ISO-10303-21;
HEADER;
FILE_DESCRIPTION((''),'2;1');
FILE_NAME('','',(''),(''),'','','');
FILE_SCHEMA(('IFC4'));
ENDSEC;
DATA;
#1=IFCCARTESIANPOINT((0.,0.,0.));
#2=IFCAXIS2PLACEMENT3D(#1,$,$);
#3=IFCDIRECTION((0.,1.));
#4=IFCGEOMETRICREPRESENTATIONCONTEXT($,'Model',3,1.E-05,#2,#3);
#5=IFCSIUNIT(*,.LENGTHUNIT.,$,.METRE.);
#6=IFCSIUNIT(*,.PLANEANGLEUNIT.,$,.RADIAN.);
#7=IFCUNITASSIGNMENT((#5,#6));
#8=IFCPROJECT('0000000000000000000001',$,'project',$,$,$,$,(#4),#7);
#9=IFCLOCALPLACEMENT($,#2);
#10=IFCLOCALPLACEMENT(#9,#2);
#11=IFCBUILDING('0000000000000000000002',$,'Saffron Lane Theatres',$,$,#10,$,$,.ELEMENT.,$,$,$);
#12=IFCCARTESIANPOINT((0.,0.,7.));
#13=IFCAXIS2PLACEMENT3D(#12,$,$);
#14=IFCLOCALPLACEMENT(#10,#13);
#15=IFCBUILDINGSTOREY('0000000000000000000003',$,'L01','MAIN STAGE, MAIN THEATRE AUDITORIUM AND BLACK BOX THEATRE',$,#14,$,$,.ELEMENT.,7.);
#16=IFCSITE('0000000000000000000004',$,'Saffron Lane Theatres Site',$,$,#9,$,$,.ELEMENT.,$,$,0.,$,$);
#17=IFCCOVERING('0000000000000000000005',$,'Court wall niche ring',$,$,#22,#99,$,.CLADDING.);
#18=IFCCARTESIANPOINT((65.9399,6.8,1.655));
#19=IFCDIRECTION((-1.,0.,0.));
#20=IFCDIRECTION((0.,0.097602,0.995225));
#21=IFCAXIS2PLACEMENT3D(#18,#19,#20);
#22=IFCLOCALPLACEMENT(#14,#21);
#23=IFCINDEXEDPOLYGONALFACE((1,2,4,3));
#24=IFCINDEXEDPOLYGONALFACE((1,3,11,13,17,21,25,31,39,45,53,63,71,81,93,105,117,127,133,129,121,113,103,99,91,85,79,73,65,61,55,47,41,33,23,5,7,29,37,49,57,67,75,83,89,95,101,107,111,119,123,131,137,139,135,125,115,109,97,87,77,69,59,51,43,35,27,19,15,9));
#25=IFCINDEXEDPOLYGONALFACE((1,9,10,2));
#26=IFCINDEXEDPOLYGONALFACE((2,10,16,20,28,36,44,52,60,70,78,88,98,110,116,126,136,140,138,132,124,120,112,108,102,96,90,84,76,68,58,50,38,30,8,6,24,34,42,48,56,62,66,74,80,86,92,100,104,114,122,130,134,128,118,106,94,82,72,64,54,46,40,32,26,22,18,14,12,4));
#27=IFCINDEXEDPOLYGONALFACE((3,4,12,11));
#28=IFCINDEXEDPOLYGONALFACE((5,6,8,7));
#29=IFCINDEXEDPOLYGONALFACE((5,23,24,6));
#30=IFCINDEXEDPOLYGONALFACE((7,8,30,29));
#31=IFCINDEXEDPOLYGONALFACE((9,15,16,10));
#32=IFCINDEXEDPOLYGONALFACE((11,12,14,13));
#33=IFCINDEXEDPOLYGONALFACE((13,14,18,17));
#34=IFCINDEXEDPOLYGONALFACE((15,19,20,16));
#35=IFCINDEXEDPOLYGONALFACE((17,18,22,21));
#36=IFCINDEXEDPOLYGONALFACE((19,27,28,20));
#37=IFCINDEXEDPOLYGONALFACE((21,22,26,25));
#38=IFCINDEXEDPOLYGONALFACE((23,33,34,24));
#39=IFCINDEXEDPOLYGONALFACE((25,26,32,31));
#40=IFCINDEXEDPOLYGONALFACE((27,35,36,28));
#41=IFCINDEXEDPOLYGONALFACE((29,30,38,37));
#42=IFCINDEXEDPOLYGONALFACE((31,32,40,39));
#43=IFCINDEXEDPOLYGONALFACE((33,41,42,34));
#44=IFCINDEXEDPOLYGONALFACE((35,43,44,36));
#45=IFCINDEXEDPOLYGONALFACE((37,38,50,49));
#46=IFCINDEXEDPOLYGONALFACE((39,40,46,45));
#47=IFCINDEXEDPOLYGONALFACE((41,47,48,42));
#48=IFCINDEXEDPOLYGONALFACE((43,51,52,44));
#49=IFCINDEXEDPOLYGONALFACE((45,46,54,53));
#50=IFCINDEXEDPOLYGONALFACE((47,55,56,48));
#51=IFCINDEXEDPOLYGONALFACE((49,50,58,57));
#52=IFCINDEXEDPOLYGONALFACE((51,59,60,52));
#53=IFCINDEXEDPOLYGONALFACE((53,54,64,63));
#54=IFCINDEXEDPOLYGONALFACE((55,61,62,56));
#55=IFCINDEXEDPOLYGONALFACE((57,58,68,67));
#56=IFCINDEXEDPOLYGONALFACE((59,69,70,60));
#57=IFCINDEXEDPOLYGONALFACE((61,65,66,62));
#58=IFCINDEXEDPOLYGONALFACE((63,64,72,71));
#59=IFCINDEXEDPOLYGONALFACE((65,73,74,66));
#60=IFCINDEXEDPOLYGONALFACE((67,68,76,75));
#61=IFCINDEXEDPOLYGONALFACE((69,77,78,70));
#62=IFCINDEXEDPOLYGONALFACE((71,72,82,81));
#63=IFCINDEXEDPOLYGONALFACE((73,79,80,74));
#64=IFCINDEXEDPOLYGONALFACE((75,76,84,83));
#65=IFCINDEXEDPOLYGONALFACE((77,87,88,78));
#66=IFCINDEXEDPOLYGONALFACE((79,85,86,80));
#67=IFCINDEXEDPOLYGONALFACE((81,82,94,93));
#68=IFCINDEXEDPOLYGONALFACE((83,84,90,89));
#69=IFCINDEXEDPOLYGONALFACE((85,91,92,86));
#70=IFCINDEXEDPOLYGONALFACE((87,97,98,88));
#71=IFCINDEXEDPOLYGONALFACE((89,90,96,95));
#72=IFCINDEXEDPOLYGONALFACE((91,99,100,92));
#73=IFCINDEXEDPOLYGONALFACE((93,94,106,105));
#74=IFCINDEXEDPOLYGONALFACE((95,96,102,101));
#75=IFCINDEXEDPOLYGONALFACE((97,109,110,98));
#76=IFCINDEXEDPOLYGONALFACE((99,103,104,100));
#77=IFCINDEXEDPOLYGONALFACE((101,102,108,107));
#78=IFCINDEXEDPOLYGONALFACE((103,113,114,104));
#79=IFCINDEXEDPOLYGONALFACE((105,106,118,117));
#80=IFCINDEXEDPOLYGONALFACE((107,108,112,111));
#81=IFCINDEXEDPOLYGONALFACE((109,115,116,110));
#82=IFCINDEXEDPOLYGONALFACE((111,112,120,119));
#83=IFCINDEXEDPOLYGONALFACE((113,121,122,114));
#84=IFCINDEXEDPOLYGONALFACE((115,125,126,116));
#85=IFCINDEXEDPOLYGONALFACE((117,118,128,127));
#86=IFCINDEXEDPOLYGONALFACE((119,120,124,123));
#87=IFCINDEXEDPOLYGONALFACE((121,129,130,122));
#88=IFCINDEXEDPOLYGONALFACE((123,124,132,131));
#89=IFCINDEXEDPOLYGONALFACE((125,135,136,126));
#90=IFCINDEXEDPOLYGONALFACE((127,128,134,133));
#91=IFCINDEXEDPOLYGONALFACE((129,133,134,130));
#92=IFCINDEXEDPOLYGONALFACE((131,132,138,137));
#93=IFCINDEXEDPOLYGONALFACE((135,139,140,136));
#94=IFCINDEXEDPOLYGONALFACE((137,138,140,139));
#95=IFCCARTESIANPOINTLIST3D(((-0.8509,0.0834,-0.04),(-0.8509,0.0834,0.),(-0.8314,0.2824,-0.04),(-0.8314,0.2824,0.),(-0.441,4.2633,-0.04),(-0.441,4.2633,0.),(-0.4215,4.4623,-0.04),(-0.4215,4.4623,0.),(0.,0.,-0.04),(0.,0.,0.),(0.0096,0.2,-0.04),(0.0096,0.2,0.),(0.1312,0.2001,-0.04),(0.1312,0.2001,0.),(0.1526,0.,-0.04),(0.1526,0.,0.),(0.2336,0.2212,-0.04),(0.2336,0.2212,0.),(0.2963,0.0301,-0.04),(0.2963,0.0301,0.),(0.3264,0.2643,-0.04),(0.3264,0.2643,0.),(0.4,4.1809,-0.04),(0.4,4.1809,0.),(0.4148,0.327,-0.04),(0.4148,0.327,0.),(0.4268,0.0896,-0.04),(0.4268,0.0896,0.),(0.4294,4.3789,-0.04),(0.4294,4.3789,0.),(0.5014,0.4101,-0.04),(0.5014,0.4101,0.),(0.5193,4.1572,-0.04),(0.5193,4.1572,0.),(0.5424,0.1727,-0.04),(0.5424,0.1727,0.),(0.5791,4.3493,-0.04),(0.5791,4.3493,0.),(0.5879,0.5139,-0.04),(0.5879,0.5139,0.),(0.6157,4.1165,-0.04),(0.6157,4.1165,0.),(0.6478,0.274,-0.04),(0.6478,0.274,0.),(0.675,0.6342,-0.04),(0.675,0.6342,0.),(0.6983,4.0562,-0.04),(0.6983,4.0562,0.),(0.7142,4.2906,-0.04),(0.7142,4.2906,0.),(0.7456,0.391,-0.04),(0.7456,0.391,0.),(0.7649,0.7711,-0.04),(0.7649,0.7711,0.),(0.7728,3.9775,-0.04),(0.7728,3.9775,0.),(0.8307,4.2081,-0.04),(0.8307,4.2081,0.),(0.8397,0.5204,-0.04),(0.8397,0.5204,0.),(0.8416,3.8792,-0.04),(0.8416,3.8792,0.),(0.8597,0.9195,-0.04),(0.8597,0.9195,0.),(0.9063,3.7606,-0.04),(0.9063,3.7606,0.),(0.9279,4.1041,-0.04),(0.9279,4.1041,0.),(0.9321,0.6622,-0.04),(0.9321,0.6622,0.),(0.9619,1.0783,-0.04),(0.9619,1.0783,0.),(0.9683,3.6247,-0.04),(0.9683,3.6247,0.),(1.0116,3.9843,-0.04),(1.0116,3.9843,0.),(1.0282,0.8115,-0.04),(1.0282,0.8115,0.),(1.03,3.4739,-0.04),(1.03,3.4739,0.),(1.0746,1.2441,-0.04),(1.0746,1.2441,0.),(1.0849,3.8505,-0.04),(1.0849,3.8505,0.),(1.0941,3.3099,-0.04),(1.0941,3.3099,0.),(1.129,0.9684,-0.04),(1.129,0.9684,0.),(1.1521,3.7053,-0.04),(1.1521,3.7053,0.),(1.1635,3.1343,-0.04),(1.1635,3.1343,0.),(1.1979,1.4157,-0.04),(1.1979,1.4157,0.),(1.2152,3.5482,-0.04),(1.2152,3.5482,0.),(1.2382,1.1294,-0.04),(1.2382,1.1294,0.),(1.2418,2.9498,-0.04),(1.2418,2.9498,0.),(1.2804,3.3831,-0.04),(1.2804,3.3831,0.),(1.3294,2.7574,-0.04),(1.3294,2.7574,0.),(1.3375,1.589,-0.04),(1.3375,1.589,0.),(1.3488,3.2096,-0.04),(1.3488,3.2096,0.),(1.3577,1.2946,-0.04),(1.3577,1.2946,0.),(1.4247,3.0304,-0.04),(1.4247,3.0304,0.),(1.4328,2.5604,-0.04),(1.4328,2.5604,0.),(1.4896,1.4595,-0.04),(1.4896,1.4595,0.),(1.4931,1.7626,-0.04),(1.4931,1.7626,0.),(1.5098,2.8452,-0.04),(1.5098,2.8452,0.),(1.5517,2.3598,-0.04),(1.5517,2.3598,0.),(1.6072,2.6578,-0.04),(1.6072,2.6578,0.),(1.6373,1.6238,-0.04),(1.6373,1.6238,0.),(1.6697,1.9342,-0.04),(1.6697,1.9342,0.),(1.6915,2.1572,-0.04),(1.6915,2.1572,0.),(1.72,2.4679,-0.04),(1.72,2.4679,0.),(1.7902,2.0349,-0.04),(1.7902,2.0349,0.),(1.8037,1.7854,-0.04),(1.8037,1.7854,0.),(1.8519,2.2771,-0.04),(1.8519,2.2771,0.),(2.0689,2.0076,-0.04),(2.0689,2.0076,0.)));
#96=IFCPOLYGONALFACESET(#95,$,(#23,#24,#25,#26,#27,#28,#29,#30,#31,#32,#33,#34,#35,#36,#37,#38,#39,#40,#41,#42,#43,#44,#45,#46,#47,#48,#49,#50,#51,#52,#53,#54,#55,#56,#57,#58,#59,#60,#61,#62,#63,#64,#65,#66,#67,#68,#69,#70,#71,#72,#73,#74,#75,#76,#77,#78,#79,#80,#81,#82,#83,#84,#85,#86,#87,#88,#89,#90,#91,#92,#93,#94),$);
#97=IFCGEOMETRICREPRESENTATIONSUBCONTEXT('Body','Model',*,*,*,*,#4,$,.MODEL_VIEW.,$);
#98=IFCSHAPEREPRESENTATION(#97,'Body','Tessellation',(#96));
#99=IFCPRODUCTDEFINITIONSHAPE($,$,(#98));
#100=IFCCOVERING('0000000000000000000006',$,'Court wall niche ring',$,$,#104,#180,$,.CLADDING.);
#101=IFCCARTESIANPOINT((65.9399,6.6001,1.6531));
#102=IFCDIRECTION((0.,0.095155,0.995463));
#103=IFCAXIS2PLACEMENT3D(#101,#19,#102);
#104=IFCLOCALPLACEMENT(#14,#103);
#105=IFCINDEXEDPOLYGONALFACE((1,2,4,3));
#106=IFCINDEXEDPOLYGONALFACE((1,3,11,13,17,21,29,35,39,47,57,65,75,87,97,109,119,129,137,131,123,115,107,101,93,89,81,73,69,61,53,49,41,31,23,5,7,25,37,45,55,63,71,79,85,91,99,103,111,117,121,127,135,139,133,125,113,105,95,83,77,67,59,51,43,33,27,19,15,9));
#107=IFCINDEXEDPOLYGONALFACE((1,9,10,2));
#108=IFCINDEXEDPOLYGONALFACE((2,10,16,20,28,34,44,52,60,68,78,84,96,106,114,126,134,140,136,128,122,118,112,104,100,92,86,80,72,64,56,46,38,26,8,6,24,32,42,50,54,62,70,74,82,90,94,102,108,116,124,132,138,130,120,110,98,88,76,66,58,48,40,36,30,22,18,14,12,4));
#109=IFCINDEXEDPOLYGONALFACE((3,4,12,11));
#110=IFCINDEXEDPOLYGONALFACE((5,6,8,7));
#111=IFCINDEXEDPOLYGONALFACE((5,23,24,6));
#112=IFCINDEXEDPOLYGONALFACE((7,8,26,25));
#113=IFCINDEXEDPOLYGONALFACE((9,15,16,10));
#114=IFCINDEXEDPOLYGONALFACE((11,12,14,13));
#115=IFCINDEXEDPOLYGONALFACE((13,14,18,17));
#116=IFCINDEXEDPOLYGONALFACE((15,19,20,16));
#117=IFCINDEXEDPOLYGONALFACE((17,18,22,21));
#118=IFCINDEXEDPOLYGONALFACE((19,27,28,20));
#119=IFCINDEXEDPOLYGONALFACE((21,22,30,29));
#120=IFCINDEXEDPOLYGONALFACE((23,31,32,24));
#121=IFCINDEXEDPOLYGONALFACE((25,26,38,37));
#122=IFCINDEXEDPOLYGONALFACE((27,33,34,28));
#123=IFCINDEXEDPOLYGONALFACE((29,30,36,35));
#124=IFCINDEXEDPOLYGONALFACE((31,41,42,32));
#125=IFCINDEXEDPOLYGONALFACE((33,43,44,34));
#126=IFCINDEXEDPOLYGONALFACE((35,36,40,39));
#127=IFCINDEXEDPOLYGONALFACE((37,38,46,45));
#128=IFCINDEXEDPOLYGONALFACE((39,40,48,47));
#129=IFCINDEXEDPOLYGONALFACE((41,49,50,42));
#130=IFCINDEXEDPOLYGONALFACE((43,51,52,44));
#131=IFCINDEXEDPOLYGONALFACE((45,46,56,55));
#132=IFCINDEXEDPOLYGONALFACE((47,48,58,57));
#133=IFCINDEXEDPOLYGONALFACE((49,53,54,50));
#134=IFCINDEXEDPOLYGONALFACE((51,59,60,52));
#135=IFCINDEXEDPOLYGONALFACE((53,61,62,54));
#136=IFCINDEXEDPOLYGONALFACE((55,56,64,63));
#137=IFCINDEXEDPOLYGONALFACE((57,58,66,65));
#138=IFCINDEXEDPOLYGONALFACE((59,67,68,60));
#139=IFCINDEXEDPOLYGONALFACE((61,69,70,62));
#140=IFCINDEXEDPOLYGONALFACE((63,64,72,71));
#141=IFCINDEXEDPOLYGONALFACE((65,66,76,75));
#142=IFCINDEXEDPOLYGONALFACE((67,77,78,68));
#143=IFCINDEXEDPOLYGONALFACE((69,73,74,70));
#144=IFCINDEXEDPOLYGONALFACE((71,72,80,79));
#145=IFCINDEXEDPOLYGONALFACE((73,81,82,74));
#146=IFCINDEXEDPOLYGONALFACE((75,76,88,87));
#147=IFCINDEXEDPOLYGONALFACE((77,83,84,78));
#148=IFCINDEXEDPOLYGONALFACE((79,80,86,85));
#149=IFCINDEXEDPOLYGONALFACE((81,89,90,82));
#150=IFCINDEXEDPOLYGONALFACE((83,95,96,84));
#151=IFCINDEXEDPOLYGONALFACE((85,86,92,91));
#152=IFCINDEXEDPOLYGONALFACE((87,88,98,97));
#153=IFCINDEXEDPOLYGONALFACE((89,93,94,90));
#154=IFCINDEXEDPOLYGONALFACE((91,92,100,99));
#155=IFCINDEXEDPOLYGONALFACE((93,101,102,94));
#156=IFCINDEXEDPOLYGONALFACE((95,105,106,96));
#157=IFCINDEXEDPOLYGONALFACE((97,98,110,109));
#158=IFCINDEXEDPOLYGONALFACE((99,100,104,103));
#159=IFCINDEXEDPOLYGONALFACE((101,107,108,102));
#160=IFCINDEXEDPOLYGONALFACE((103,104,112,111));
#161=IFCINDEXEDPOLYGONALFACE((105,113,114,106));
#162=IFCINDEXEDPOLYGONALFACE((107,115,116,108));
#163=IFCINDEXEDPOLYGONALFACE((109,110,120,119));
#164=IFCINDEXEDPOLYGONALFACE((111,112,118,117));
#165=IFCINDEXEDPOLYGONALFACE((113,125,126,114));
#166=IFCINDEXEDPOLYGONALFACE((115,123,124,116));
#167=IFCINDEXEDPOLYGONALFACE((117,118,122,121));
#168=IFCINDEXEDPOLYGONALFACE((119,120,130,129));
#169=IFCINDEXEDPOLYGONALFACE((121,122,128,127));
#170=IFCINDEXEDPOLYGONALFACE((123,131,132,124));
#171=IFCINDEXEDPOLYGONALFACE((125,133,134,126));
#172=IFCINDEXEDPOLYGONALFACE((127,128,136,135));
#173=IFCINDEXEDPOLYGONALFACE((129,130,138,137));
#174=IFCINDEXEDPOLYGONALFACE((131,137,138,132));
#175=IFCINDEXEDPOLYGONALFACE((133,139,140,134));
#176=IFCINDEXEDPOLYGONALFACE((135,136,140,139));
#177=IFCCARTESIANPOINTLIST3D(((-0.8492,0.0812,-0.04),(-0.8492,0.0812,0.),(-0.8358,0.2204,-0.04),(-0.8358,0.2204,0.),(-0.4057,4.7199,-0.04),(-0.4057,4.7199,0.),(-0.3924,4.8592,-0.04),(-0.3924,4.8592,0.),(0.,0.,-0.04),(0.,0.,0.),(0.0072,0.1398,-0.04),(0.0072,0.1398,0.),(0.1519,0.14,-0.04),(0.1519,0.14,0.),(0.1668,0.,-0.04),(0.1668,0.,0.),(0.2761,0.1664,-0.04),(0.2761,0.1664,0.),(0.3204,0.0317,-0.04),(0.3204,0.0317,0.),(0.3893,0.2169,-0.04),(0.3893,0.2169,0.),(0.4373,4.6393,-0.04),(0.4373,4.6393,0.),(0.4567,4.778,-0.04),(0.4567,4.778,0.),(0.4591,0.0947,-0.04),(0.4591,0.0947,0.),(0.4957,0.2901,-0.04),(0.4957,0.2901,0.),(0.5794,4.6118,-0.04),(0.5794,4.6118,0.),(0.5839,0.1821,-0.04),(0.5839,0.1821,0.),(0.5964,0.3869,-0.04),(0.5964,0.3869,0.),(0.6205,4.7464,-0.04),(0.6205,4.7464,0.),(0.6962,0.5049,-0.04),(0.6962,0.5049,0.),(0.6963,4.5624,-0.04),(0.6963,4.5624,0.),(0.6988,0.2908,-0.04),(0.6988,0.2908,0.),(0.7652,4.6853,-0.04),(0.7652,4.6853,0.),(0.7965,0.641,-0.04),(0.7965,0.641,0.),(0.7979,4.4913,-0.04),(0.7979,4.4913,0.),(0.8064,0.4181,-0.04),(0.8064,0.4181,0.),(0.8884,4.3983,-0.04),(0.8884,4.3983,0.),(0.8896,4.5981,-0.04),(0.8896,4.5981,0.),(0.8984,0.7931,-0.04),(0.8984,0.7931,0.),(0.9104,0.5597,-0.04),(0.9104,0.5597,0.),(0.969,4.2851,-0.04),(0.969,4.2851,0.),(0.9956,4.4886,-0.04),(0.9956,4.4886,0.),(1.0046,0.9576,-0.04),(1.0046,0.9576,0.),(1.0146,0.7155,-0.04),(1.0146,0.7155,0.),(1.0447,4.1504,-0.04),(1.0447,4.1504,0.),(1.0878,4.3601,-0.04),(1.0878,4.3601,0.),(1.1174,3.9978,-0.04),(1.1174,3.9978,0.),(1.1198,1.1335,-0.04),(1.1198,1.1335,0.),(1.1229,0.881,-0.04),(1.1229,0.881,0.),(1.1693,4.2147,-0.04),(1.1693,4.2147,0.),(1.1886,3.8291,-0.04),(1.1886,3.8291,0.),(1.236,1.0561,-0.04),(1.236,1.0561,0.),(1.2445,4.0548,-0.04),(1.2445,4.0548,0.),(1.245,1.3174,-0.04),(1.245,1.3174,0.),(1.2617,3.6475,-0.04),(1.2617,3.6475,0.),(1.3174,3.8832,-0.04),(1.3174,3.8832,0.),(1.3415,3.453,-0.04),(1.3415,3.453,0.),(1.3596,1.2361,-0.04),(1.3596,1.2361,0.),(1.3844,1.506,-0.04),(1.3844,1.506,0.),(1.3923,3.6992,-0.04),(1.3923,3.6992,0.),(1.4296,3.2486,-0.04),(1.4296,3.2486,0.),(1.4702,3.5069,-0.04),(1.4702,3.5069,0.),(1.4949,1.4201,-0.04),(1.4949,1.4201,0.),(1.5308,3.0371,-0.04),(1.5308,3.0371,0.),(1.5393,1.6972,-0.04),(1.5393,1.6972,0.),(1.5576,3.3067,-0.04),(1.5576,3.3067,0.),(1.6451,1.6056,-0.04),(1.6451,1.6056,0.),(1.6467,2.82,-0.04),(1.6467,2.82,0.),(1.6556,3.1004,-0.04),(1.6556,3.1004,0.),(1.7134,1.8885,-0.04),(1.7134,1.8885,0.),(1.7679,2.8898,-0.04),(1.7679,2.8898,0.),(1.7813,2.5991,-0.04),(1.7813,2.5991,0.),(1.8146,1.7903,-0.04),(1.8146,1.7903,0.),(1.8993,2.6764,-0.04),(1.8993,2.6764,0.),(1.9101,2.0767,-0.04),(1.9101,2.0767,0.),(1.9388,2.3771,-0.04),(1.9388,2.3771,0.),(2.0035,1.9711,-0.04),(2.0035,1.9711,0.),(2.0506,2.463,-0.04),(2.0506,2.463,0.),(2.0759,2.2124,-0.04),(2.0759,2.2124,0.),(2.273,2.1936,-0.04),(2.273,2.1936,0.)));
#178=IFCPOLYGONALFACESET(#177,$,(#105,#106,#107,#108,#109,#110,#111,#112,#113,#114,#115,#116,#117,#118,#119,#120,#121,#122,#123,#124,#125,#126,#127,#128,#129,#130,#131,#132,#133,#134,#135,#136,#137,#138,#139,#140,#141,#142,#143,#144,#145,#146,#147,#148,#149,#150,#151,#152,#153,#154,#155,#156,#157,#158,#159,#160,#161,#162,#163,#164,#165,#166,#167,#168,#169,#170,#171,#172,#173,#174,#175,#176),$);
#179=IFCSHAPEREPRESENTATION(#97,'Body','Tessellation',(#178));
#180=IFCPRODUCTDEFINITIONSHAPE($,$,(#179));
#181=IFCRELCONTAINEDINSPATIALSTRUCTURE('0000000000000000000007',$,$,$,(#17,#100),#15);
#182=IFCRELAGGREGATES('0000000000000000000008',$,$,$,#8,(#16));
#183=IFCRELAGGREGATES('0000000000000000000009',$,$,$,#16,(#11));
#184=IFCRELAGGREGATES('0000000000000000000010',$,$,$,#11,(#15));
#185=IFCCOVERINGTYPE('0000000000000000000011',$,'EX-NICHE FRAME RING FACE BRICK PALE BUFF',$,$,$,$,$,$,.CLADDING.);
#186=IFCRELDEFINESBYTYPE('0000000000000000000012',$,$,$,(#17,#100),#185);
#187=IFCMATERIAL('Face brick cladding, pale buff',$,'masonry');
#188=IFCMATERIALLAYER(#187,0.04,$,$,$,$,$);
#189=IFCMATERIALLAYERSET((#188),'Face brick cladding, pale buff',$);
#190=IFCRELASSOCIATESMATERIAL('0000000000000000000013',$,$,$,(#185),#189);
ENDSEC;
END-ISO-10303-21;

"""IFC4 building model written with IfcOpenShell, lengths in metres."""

from ifc_helpers import new_model, si_unit, direction, frame, origin, place, context, subcontext, project, spatial, polyline, outline, extrude, material, layer, layer_set, type_object, element, save


model = new_model("IFC4")

# Units and contexts
model_context = context("Model", 3, precision=1e-05, world=origin(), true_north=direction((0.0, 1.0)))
body_context = subcontext(model_context, "Body", "Model", "MODEL_VIEW")
ifc_project = project(units=[si_unit("LENGTHUNIT", "METRE"), si_unit("PLANEANGLEUNIT", "RADIAN")], contexts=[model_context])

# Site, building, storey
site_placement = place(None, origin())
site = spatial("IfcSite", under=ifc_project, at=site_placement, Name="Saffron Lane Theatres Site", CompositionType="ELEMENT", RefElevation=0.0)
building_placement = place(site_placement, origin())
building = spatial("IfcBuilding", under=site, at=building_placement, Name="Saffron Lane Theatres", CompositionType="ELEMENT")
storey_placement = place(building_placement, frame((0.0, 0.0, 7.0)))
storey = spatial("IfcBuildingStorey", under=building, at=storey_placement, Name="L01", Description="MAIN STAGE, MAIN THEATRE AUDITORIUM AND BLACK BOX THEATRE", CompositionType="ELEMENT", Elevation=7.0)

# Coverings
ifc_material_1 = material(Name="Face brick cladding, pale buff", Category="masonry")
ifc_layer_1 = layer(ifc_material_1, 0.04)
ifc_layer_set_1 = layer_set([ifc_layer_1], Name="Face brick cladding, pale buff")
covering_type_1 = type_object("IfcCoveringType", Name="EX-NICHE FRAME RING FACE BRICK PALE BUFF", PredefinedType="CLADDING", material=ifc_layer_set_1)
covering_1_placement = place(storey_placement, frame((65.9399, 6.8, 1.655), z_axis=(-1.0, 0.0, 0.0), x_axis=(0.0, 0.097602, 0.995225)))
element("IfcCovering", 1, at=covering_1_placement, inside=storey, type_object=covering_type_1, Name="Court wall niche ring", PredefinedType="CLADDING", context=body_context, shape_type="SweptSolid", body=[
    extrude(outline(polyline([(0.0, 0.0), (0.1526, 0.0), (0.2963, 0.0301), (0.4268, 0.0896), (0.5424, 0.1727), (0.6478, 0.274), (0.7456, 0.391), (0.8397, 0.5204), (0.9321, 0.6622), (1.0282, 0.8115), (1.129, 0.9684), (1.2382, 1.1294), (1.3577, 1.2946), (1.4896, 1.4595), (1.6373, 1.6238), (1.8037, 1.7854), (2.0689, 2.0076), (1.8519, 2.2771), (1.72, 2.4679), (1.6072, 2.6578), (1.5098, 2.8452), (1.4247, 3.0304), (1.3488, 3.2096), (1.2804, 3.3831), (1.2152, 3.5482), (1.1521, 3.7053), (1.0849, 3.8505), (1.0116, 3.9843), (0.9279, 4.1041), (0.8307, 4.2081), (0.7142, 4.2906), (0.5791, 4.3493), (0.4294, 4.3789), (-0.4215, 4.4623), (-0.441, 4.2633), (0.4, 4.1809), (0.5193, 4.1572), (0.6157, 4.1165), (0.6983, 4.0562), (0.7728, 3.9775), (0.8416, 3.8792), (0.9063, 3.7606), (0.9683, 3.6247), (1.03, 3.4739), (1.0941, 3.3099), (1.1635, 3.1343), (1.2418, 2.9498), (1.3294, 2.7574), (1.4328, 2.5604), (1.5517, 2.3598), (1.6915, 2.1572), (1.7902, 2.0349), (1.6697, 1.9342), (1.4931, 1.7626), (1.3375, 1.589), (1.1979, 1.4157), (1.0746, 1.2441), (0.9619, 1.0783), (0.8597, 0.9195), (0.7649, 0.7711), (0.675, 0.6342), (0.5879, 0.5139), (0.5014, 0.4101), (0.4148, 0.327), (0.3264, 0.2643), (0.2336, 0.2212), (0.1312, 0.2001), (0.0096, 0.2), (-0.8314, 0.2824), (-0.8509, 0.0834), (0.0, 0.0)])), origin(), (0.0, 0.0, -1.0), 0.04),
])
covering_2_placement = place(storey_placement, frame((65.9399, 6.6001, 1.6531), z_axis=(-1.0, 0.0, 0.0), x_axis=(0.0, 0.095155, 0.995463)))
element("IfcCovering", 2, at=covering_2_placement, inside=storey, type_object=covering_type_1, Name="Court wall niche ring", PredefinedType="CLADDING", context=body_context, shape_type="SweptSolid", body=[
    extrude(outline(polyline([(0.0, 0.0), (0.1668, 0.0), (0.3204, 0.0317), (0.4591, 0.0947), (0.5839, 0.1821), (0.6988, 0.2908), (0.8064, 0.4181), (0.9104, 0.5597), (1.0146, 0.7155), (1.1229, 0.881), (1.236, 1.0561), (1.3596, 1.2361), (1.4949, 1.4201), (1.6451, 1.6056), (1.8146, 1.7903), (2.0035, 1.9711), (2.273, 2.1936), (2.0506, 2.463), (1.8993, 2.6764), (1.7679, 2.8898), (1.6556, 3.1004), (1.5576, 3.3067), (1.4702, 3.5069), (1.3923, 3.6992), (1.3174, 3.8832), (1.2445, 4.0548), (1.1693, 4.2147), (1.0878, 4.3601), (0.9956, 4.4886), (0.8896, 4.5981), (0.7652, 4.6853), (0.6205, 4.7464), (0.4567, 4.778), (-0.3924, 4.8592), (-0.4057, 4.7199), (0.4373, 4.6393), (0.5794, 4.6118), (0.6963, 4.5624), (0.7979, 4.4913), (0.8884, 4.3983), (0.969, 4.2851), (1.0447, 4.1504), (1.1174, 3.9978), (1.1886, 3.8291), (1.2617, 3.6475), (1.3415, 3.453), (1.4296, 3.2486), (1.5308, 3.0371), (1.6467, 2.82), (1.7813, 2.5991), (1.9388, 2.3771), (2.0759, 2.2124), (1.9101, 2.0767), (1.7134, 1.8885), (1.5393, 1.6972), (1.3844, 1.506), (1.245, 1.3174), (1.1198, 1.1335), (1.0046, 0.9576), (0.8984, 0.7931), (0.7965, 0.641), (0.6962, 0.5049), (0.5964, 0.3869), (0.4957, 0.2901), (0.3893, 0.2169), (0.2761, 0.1664), (0.1519, 0.14), (0.0072, 0.1398), (-0.8358, 0.2204), (-0.8492, 0.0812), (0.0, 0.0)])), origin(), (0.0, 0.0, -1.0), 0.04),
])

save(model, "model.ifc")
